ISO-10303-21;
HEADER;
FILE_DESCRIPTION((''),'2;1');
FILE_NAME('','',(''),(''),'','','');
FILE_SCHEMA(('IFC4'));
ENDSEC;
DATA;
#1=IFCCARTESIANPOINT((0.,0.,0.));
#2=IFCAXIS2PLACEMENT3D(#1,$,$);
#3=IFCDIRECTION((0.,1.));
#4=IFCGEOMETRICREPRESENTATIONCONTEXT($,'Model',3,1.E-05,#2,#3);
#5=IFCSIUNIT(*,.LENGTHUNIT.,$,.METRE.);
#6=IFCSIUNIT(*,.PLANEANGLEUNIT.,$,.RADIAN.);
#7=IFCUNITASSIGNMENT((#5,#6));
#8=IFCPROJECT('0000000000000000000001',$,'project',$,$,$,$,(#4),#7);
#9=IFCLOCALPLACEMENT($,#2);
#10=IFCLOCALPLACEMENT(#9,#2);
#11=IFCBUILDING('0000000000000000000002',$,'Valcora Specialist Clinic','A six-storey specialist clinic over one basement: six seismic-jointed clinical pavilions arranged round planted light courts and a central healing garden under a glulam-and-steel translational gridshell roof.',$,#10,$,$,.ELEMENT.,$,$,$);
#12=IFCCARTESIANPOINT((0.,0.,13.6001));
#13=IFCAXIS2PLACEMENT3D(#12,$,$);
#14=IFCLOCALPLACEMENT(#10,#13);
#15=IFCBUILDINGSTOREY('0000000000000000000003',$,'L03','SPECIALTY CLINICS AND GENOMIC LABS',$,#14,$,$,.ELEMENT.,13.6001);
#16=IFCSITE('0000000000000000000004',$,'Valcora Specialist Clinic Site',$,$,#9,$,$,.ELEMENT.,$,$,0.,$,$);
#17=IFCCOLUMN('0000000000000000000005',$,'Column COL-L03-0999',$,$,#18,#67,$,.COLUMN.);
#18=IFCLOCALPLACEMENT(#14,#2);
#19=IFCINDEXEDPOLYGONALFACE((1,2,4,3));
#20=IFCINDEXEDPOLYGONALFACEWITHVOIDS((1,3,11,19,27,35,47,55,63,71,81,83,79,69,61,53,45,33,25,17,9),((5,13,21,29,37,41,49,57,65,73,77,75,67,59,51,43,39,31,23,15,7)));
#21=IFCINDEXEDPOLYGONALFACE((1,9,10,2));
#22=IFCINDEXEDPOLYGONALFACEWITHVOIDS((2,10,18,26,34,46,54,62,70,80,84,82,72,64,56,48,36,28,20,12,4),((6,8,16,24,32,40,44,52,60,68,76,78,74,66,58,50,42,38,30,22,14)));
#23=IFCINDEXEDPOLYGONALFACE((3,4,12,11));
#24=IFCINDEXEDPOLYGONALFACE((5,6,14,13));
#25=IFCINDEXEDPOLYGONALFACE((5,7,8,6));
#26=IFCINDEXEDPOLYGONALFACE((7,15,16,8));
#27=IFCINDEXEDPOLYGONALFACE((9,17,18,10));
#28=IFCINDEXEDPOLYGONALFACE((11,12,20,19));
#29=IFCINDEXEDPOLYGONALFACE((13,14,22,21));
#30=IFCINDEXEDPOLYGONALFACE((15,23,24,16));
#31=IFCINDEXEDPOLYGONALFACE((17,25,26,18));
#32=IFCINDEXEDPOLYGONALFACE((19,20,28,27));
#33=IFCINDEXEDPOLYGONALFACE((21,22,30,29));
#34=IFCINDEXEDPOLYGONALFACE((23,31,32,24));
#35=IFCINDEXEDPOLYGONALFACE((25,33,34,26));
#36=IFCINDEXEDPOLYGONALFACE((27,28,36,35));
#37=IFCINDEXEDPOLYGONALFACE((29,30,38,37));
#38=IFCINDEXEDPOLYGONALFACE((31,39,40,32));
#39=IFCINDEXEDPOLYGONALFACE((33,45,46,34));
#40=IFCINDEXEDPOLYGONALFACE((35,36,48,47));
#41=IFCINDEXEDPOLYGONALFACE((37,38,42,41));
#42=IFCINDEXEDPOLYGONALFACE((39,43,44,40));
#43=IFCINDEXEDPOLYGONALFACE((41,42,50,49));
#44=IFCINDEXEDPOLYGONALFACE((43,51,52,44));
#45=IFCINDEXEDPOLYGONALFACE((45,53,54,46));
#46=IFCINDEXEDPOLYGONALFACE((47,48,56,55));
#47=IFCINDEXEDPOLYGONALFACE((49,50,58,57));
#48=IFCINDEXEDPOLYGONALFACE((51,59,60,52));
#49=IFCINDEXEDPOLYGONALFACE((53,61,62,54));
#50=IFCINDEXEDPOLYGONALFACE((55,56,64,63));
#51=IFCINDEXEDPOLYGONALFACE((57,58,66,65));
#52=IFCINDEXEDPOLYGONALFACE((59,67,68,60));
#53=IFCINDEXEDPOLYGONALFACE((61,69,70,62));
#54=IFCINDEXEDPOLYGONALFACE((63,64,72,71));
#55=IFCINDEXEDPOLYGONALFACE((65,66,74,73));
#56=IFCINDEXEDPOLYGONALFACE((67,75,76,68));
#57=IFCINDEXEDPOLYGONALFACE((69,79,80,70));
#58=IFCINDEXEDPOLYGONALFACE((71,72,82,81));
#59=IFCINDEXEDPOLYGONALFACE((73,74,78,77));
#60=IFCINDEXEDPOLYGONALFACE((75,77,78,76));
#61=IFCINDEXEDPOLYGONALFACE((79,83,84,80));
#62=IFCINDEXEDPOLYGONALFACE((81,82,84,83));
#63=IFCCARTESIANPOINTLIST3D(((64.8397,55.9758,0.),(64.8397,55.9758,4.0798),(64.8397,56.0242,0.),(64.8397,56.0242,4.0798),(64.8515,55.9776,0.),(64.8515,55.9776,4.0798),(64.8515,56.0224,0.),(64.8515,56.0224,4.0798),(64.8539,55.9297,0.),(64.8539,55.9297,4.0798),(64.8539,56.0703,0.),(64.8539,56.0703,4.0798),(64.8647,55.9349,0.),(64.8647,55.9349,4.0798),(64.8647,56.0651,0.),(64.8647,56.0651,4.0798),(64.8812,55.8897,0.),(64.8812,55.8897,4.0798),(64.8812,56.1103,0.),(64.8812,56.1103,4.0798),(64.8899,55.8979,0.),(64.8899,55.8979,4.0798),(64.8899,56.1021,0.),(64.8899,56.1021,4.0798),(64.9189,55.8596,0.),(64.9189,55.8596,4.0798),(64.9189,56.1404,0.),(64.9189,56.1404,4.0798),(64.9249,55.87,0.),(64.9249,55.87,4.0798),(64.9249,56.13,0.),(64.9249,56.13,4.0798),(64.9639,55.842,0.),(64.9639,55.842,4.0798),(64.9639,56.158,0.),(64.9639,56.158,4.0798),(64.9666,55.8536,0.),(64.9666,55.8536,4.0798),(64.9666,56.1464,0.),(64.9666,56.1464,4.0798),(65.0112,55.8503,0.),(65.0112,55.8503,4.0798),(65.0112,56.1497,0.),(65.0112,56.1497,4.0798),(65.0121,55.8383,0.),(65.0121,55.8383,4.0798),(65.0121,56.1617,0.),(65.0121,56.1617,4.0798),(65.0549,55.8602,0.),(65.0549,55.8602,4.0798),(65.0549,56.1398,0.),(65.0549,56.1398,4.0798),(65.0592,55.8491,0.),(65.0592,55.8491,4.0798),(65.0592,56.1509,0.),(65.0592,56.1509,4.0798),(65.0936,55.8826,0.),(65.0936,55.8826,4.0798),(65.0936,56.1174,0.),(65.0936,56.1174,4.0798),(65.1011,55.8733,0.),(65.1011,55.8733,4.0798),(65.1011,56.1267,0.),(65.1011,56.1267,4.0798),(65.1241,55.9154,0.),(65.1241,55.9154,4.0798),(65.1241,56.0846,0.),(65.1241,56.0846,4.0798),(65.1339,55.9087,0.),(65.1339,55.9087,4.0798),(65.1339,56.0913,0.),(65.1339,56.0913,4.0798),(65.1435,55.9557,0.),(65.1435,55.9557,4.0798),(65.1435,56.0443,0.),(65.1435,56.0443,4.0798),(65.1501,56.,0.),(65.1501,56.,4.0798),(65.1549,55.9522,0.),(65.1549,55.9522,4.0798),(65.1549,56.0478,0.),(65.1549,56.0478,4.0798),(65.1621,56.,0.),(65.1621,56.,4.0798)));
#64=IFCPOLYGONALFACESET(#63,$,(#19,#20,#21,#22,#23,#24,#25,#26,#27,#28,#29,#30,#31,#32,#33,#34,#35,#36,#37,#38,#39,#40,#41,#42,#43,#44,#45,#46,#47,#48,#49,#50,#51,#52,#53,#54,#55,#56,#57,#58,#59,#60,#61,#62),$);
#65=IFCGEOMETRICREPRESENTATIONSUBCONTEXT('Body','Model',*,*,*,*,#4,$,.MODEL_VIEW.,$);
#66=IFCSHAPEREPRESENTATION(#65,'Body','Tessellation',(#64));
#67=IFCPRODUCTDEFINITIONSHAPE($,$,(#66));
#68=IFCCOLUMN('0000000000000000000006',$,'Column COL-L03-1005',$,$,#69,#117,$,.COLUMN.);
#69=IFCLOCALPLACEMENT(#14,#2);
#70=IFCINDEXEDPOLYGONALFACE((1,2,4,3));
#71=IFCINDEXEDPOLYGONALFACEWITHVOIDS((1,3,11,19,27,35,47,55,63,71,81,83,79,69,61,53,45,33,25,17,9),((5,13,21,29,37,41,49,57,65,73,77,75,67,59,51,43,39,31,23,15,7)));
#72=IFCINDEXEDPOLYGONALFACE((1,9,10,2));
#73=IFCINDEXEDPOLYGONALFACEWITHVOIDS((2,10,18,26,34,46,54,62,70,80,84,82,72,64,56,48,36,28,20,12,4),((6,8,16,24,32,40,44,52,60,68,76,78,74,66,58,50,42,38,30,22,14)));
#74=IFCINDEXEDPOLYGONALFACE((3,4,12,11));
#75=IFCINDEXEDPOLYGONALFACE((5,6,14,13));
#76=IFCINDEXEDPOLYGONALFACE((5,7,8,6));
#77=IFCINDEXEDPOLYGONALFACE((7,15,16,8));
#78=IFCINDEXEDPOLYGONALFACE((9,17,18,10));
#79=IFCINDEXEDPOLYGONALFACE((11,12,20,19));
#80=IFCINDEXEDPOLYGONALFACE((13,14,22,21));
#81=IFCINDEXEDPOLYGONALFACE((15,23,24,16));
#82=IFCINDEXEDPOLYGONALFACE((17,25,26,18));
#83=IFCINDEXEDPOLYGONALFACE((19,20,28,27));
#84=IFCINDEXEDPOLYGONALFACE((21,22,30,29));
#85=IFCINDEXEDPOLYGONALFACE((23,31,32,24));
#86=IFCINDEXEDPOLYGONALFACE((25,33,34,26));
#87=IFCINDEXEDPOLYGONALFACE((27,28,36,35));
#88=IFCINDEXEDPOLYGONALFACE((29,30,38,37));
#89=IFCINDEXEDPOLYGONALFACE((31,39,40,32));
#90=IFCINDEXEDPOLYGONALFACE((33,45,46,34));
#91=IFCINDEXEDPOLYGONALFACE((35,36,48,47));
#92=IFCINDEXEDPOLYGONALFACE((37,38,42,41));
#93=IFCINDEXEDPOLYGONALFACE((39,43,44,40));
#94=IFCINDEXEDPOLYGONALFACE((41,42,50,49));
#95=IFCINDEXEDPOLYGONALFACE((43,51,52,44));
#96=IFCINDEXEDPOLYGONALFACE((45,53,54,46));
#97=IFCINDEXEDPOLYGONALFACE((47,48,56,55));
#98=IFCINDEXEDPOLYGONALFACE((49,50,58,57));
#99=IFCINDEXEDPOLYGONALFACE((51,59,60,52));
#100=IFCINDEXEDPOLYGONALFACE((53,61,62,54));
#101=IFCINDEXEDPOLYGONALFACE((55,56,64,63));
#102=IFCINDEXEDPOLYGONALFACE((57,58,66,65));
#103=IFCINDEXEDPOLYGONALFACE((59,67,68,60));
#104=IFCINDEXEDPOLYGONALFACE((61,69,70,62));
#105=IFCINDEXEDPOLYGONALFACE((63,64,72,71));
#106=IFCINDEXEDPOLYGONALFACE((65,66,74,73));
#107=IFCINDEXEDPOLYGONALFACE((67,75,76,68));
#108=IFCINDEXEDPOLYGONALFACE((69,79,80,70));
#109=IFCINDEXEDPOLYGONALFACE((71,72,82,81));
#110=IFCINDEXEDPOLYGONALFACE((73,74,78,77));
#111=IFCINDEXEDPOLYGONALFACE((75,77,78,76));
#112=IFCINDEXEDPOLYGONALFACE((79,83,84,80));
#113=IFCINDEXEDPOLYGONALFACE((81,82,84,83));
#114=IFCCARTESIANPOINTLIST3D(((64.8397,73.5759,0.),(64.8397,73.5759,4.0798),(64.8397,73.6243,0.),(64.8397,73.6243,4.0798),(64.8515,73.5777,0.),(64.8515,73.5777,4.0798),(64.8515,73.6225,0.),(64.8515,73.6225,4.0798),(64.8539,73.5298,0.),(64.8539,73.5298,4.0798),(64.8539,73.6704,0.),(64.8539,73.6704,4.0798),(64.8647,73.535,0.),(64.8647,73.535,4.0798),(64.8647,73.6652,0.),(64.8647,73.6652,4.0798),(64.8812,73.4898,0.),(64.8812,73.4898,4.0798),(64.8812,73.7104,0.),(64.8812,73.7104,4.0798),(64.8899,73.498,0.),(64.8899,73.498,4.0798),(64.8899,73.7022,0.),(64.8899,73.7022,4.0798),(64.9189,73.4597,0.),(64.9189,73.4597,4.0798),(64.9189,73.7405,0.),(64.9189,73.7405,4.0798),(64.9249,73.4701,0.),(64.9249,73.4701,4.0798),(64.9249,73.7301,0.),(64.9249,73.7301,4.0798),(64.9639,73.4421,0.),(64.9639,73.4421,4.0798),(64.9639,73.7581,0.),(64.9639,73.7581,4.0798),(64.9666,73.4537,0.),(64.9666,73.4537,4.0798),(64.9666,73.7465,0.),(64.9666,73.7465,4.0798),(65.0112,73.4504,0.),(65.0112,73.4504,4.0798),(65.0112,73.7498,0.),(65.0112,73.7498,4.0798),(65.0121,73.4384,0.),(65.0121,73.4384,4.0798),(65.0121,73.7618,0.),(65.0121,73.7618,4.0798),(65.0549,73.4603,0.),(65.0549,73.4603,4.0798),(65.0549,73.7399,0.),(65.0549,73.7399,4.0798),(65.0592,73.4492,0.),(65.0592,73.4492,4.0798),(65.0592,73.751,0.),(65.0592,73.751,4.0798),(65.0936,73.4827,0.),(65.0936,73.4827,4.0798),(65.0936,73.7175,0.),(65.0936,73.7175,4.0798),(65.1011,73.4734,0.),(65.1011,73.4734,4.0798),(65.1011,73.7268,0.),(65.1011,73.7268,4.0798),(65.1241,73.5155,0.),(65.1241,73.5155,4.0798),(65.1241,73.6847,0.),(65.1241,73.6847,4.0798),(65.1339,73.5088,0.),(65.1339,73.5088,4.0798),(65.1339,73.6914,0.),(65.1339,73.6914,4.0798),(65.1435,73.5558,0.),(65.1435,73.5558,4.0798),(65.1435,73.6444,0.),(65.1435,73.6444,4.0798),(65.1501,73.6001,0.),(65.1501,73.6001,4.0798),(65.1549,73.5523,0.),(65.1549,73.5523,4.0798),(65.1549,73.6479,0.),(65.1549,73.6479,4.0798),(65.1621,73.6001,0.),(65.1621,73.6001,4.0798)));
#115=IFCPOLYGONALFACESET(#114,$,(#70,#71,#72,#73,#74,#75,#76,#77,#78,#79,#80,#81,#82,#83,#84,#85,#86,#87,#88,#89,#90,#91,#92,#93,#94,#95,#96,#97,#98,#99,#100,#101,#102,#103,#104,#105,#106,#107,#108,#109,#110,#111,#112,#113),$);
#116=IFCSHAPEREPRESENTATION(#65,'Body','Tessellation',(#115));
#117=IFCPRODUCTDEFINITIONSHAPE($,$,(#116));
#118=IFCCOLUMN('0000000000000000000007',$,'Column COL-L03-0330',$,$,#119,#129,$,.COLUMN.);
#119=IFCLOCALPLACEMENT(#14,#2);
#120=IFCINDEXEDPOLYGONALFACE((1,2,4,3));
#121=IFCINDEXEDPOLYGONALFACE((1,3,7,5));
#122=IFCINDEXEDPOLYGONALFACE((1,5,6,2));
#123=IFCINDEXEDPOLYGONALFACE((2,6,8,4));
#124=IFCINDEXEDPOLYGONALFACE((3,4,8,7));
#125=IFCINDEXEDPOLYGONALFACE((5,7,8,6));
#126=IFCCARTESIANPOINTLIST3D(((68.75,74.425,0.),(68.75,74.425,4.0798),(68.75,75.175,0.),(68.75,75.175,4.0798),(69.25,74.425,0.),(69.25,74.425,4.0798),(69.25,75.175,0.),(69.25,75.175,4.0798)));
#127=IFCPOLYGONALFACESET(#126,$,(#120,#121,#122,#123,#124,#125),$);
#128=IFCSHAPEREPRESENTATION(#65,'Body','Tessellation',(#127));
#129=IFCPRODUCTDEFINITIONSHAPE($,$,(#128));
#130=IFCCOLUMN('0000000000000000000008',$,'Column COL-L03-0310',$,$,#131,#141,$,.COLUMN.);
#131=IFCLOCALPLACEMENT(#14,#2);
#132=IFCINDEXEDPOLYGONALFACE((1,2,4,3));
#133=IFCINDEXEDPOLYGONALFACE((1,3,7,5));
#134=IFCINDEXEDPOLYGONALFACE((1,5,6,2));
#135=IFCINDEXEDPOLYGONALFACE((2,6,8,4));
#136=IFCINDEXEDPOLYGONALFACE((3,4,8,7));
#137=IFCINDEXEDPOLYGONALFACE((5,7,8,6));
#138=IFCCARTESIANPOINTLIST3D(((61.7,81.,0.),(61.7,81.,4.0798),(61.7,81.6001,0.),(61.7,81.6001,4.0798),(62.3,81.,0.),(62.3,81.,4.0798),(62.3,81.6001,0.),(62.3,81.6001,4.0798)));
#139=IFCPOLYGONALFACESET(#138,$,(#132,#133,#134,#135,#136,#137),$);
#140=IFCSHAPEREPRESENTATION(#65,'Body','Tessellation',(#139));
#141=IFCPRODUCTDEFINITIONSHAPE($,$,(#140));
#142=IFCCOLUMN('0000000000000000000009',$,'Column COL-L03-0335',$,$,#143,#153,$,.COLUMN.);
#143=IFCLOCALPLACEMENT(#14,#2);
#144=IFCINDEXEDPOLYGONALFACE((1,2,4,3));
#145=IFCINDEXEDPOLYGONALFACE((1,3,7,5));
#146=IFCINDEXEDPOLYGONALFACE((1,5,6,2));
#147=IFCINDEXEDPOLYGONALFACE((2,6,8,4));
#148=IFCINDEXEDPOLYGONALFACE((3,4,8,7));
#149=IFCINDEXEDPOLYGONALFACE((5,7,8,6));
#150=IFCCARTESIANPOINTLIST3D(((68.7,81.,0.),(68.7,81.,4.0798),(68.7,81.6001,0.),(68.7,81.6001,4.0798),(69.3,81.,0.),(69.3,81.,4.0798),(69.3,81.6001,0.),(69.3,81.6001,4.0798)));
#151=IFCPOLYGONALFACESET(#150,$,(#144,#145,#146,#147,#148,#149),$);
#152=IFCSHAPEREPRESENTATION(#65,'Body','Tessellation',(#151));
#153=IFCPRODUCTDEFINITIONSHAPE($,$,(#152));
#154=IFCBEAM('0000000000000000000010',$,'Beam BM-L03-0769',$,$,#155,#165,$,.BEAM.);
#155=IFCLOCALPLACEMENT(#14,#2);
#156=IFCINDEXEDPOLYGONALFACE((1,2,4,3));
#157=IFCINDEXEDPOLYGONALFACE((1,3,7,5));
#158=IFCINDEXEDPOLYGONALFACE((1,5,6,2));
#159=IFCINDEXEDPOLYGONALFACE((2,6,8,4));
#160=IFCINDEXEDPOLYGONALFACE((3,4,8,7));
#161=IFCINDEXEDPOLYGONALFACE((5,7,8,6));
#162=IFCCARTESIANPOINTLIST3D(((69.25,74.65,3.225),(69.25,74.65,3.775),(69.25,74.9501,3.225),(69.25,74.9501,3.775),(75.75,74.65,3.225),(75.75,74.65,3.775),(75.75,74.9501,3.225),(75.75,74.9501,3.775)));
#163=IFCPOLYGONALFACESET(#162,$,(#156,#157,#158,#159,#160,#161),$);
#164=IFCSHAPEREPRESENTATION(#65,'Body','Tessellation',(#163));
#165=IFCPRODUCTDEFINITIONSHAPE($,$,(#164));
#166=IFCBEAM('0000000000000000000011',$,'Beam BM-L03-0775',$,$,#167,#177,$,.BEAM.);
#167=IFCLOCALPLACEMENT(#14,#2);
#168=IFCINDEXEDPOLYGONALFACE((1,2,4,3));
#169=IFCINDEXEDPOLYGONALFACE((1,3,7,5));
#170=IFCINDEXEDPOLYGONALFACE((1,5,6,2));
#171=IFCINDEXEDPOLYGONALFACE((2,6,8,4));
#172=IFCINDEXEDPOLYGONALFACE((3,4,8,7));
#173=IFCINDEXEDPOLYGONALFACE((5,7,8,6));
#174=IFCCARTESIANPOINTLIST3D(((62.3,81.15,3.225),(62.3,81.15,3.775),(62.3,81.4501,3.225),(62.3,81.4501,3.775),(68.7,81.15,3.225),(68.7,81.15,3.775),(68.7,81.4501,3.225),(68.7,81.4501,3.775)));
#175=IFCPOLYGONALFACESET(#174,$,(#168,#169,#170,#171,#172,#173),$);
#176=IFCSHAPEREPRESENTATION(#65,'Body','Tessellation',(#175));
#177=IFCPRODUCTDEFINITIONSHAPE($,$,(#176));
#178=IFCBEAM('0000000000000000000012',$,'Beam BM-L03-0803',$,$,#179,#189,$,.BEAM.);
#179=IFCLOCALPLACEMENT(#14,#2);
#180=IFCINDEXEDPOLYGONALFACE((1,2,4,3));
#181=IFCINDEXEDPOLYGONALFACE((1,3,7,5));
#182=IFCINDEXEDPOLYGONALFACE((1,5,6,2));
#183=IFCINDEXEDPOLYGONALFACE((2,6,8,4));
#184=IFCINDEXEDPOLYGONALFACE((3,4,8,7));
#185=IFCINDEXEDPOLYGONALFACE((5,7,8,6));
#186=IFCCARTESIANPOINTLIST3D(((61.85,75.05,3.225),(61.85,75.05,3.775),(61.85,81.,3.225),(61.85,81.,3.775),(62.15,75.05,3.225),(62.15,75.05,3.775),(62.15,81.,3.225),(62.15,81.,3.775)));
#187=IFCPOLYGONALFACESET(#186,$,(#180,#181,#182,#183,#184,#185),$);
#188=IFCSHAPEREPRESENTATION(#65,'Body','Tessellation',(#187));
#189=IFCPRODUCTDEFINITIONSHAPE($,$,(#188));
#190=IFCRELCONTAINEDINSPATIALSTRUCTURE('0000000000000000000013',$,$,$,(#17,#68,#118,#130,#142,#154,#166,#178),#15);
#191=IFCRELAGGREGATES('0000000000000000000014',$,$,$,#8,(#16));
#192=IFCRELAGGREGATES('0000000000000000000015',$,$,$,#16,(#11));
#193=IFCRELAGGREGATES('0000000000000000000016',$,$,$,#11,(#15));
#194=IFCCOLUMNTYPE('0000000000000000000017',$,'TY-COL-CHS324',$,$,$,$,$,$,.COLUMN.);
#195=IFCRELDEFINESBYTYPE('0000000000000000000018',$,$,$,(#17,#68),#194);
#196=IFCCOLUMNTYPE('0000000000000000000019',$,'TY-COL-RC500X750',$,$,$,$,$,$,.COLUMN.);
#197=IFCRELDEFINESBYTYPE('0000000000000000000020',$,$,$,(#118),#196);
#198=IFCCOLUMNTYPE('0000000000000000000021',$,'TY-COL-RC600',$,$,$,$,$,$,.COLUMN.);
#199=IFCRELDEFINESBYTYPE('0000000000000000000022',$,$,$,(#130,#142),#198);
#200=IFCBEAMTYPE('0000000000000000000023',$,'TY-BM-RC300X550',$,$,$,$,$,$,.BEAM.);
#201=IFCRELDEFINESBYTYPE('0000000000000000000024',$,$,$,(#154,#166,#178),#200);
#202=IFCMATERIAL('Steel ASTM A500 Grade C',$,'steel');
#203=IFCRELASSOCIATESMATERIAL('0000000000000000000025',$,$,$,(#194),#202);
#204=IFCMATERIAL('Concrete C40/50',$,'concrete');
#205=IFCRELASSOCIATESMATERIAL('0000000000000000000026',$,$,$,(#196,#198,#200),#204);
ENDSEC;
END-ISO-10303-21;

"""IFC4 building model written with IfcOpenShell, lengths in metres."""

from ifc_helpers import new_model, si_unit, direction, frame, origin, origin_2d, place, context, subcontext, project, spatial, rectangle, hollow_circle, extrude, material, material_profile, profile_set, type_object, element, save


model = new_model("IFC4")

# Units and contexts
model_context = context("Model", 3, precision=1e-05, world=origin(), true_north=direction((0.0, 1.0)))
body_context = subcontext(model_context, "Body", "Model", "MODEL_VIEW")
ifc_project = project(units=[si_unit("LENGTHUNIT", "METRE"), si_unit("PLANEANGLEUNIT", "RADIAN")], contexts=[model_context])

# Site, building, storey
site_placement = place(None, origin())
site = spatial("IfcSite", under=ifc_project, at=site_placement, Name="Valcora Specialist Clinic Site", CompositionType="ELEMENT", RefElevation=0.0)
building_placement = place(site_placement, origin())
building = spatial("IfcBuilding", under=site, at=building_placement, Name="Valcora Specialist Clinic", Description="A six-storey specialist clinic over one basement: six seismic-jointed clinical pavilions arranged round planted light courts and a central healing garden under a glulam-and-steel translational gridshell roof.", CompositionType="ELEMENT")
storey_placement = place(building_placement, frame((0.0, 0.0, 13.6001)))
storey = spatial("IfcBuildingStorey", under=building, at=storey_placement, Name="L03", Description="SPECIALTY CLINICS AND GENOMIC LABS", CompositionType="ELEMENT", Elevation=13.6001)

# Columns
ifc_material_1 = material(Name="Steel ASTM A500 Grade C", Category="steel")
ifc_material_profile_1 = material_profile(ifc_material_1, hollow_circle(Radius=0.1621, WallThickness=0.012, at=origin_2d()), Name="ST-CHS-324X12")
ifc_profile_set_1 = profile_set([ifc_material_profile_1], Name="Steel ASTM A500 Grade C")
column_type_1 = type_object("IfcColumnType", Name="TY-COL-CHS324", PredefinedType="COLUMN", material=ifc_profile_set_1)
for number, where, z_axis, x_axis, name in (
    (1, (65.0, 56.0, 0.0), (0.0, 0.0, 1.0), (1.0, 0.0, 0.0), "Column COL-L03-0999"),
    (2, (65.0, 73.6001, 0.0), (0.0, 0.0, 1.0), (1.0, 0.0, 0.0), "Column COL-L03-1005"),
):
    element("IfcColumn", number, at=place(storey_placement, frame(where, z_axis=z_axis, x_axis=x_axis)), inside=storey, type_object=column_type_1, Name=name, PredefinedType="COLUMN", context=body_context, shape_type="SweptSolid", body=[
        extrude(hollow_circle(Radius=0.1621, WallThickness=0.012, at=origin_2d()), origin(), (0.0, 0.0, 1.0), 4.0798),
    ])
ifc_material_2 = material(Name="Concrete C40/50", Category="concrete")
ifc_material_profile_2 = material_profile(ifc_material_2, rectangle(XDim=0.5, YDim=0.75, at=origin_2d()), Name="RC-COL-500X750")
ifc_profile_set_2 = profile_set([ifc_material_profile_2], Name="Concrete C40/50")
column_type_2 = type_object("IfcColumnType", Name="TY-COL-RC500X750", PredefinedType="COLUMN", material=ifc_profile_set_2)
column_placement = place(storey_placement, frame((69.0, 74.8, 0.0), z_axis=(0.0, 0.0, 1.0), x_axis=(1.0, 0.0, 0.0)))
element("IfcColumn", 3, at=column_placement, inside=storey, type_object=column_type_2, Name="Column COL-L03-0330", PredefinedType="COLUMN", context=body_context, shape_type="SweptSolid", body=[
    extrude(rectangle(XDim=0.5, YDim=0.75, at=origin_2d()), origin(), (0.0, 0.0, 1.0), 4.0798),
])
ifc_material_profile_3 = material_profile(ifc_material_2, rectangle(XDim=0.6001, YDim=0.6001, at=origin_2d()), Name="RC-COL-600X600")
ifc_profile_set_3 = profile_set([ifc_material_profile_3], Name="Concrete C40/50")
column_type_3 = type_object("IfcColumnType", Name="TY-COL-RC600", PredefinedType="COLUMN", material=ifc_profile_set_3)
for number, where, z_axis, x_axis, name in (
    (4, (62.0, 81.3, 0.0), (0.0, 0.0, 1.0), (1.0, 0.0, 0.0), "Column COL-L03-0310"),
    (5, (69.0, 81.3, 0.0), (0.0, 0.0, 1.0), (1.0, 0.0, 0.0), "Column COL-L03-0335"),
):
    element("IfcColumn", number, at=place(storey_placement, frame(where, z_axis=z_axis, x_axis=x_axis)), inside=storey, type_object=column_type_3, Name=name, PredefinedType="COLUMN", context=body_context, shape_type="SweptSolid", body=[
        extrude(rectangle(XDim=0.6001, YDim=0.6001, at=origin_2d()), origin(), (0.0, 0.0, 1.0), 4.0798),
    ])

# Beams
ifc_material_profile_4 = material_profile(ifc_material_2, rectangle(XDim=0.3, YDim=0.55, at=origin_2d()), Name="RC-BM-300X550")
ifc_profile_set_4 = profile_set([ifc_material_profile_4], Name="Concrete C40/50")
beam_type_1 = type_object("IfcBeamType", Name="TY-BM-RC300X550", PredefinedType="BEAM", material=ifc_profile_set_4)
beam_1_placement = place(storey_placement, frame((69.25, 74.8, 3.5), z_axis=(1.0, 0.0, 0.0), x_axis=(0.0, 1.0, 0.0)))
element("IfcBeam", 6, at=beam_1_placement, inside=storey, type_object=beam_type_1, Name="Beam BM-L03-0769", PredefinedType="BEAM", context=body_context, shape_type="SweptSolid", body=[
    extrude(rectangle(XDim=0.3, YDim=0.55, at=origin_2d()), origin(), (0.0, 0.0, 1.0), 6.5),
])
beam_2_placement = place(storey_placement, frame((62.3, 81.3, 3.5), z_axis=(1.0, 0.0, 0.0), x_axis=(0.0, 1.0, 0.0)))
element("IfcBeam", 7, at=beam_2_placement, inside=storey, type_object=beam_type_1, Name="Beam BM-L03-0775", PredefinedType="BEAM", context=body_context, shape_type="SweptSolid", body=[
    extrude(rectangle(XDim=0.3, YDim=0.55, at=origin_2d()), origin(), (0.0, 0.0, 1.0), 6.3999),
])
beam_3_placement = place(storey_placement, frame((62.0, 75.05, 3.5), z_axis=(0.0, 1.0, 0.0), x_axis=(-1.0, 0.0, 0.0)))
element("IfcBeam", 8, at=beam_3_placement, inside=storey, type_object=beam_type_1, Name="Beam BM-L03-0803", PredefinedType="BEAM", context=body_context, shape_type="SweptSolid", body=[
    extrude(rectangle(XDim=0.3, YDim=0.55, at=origin_2d()), origin(), (0.0, 0.0, 1.0), 5.95),
])

save(model, "model.ifc")
